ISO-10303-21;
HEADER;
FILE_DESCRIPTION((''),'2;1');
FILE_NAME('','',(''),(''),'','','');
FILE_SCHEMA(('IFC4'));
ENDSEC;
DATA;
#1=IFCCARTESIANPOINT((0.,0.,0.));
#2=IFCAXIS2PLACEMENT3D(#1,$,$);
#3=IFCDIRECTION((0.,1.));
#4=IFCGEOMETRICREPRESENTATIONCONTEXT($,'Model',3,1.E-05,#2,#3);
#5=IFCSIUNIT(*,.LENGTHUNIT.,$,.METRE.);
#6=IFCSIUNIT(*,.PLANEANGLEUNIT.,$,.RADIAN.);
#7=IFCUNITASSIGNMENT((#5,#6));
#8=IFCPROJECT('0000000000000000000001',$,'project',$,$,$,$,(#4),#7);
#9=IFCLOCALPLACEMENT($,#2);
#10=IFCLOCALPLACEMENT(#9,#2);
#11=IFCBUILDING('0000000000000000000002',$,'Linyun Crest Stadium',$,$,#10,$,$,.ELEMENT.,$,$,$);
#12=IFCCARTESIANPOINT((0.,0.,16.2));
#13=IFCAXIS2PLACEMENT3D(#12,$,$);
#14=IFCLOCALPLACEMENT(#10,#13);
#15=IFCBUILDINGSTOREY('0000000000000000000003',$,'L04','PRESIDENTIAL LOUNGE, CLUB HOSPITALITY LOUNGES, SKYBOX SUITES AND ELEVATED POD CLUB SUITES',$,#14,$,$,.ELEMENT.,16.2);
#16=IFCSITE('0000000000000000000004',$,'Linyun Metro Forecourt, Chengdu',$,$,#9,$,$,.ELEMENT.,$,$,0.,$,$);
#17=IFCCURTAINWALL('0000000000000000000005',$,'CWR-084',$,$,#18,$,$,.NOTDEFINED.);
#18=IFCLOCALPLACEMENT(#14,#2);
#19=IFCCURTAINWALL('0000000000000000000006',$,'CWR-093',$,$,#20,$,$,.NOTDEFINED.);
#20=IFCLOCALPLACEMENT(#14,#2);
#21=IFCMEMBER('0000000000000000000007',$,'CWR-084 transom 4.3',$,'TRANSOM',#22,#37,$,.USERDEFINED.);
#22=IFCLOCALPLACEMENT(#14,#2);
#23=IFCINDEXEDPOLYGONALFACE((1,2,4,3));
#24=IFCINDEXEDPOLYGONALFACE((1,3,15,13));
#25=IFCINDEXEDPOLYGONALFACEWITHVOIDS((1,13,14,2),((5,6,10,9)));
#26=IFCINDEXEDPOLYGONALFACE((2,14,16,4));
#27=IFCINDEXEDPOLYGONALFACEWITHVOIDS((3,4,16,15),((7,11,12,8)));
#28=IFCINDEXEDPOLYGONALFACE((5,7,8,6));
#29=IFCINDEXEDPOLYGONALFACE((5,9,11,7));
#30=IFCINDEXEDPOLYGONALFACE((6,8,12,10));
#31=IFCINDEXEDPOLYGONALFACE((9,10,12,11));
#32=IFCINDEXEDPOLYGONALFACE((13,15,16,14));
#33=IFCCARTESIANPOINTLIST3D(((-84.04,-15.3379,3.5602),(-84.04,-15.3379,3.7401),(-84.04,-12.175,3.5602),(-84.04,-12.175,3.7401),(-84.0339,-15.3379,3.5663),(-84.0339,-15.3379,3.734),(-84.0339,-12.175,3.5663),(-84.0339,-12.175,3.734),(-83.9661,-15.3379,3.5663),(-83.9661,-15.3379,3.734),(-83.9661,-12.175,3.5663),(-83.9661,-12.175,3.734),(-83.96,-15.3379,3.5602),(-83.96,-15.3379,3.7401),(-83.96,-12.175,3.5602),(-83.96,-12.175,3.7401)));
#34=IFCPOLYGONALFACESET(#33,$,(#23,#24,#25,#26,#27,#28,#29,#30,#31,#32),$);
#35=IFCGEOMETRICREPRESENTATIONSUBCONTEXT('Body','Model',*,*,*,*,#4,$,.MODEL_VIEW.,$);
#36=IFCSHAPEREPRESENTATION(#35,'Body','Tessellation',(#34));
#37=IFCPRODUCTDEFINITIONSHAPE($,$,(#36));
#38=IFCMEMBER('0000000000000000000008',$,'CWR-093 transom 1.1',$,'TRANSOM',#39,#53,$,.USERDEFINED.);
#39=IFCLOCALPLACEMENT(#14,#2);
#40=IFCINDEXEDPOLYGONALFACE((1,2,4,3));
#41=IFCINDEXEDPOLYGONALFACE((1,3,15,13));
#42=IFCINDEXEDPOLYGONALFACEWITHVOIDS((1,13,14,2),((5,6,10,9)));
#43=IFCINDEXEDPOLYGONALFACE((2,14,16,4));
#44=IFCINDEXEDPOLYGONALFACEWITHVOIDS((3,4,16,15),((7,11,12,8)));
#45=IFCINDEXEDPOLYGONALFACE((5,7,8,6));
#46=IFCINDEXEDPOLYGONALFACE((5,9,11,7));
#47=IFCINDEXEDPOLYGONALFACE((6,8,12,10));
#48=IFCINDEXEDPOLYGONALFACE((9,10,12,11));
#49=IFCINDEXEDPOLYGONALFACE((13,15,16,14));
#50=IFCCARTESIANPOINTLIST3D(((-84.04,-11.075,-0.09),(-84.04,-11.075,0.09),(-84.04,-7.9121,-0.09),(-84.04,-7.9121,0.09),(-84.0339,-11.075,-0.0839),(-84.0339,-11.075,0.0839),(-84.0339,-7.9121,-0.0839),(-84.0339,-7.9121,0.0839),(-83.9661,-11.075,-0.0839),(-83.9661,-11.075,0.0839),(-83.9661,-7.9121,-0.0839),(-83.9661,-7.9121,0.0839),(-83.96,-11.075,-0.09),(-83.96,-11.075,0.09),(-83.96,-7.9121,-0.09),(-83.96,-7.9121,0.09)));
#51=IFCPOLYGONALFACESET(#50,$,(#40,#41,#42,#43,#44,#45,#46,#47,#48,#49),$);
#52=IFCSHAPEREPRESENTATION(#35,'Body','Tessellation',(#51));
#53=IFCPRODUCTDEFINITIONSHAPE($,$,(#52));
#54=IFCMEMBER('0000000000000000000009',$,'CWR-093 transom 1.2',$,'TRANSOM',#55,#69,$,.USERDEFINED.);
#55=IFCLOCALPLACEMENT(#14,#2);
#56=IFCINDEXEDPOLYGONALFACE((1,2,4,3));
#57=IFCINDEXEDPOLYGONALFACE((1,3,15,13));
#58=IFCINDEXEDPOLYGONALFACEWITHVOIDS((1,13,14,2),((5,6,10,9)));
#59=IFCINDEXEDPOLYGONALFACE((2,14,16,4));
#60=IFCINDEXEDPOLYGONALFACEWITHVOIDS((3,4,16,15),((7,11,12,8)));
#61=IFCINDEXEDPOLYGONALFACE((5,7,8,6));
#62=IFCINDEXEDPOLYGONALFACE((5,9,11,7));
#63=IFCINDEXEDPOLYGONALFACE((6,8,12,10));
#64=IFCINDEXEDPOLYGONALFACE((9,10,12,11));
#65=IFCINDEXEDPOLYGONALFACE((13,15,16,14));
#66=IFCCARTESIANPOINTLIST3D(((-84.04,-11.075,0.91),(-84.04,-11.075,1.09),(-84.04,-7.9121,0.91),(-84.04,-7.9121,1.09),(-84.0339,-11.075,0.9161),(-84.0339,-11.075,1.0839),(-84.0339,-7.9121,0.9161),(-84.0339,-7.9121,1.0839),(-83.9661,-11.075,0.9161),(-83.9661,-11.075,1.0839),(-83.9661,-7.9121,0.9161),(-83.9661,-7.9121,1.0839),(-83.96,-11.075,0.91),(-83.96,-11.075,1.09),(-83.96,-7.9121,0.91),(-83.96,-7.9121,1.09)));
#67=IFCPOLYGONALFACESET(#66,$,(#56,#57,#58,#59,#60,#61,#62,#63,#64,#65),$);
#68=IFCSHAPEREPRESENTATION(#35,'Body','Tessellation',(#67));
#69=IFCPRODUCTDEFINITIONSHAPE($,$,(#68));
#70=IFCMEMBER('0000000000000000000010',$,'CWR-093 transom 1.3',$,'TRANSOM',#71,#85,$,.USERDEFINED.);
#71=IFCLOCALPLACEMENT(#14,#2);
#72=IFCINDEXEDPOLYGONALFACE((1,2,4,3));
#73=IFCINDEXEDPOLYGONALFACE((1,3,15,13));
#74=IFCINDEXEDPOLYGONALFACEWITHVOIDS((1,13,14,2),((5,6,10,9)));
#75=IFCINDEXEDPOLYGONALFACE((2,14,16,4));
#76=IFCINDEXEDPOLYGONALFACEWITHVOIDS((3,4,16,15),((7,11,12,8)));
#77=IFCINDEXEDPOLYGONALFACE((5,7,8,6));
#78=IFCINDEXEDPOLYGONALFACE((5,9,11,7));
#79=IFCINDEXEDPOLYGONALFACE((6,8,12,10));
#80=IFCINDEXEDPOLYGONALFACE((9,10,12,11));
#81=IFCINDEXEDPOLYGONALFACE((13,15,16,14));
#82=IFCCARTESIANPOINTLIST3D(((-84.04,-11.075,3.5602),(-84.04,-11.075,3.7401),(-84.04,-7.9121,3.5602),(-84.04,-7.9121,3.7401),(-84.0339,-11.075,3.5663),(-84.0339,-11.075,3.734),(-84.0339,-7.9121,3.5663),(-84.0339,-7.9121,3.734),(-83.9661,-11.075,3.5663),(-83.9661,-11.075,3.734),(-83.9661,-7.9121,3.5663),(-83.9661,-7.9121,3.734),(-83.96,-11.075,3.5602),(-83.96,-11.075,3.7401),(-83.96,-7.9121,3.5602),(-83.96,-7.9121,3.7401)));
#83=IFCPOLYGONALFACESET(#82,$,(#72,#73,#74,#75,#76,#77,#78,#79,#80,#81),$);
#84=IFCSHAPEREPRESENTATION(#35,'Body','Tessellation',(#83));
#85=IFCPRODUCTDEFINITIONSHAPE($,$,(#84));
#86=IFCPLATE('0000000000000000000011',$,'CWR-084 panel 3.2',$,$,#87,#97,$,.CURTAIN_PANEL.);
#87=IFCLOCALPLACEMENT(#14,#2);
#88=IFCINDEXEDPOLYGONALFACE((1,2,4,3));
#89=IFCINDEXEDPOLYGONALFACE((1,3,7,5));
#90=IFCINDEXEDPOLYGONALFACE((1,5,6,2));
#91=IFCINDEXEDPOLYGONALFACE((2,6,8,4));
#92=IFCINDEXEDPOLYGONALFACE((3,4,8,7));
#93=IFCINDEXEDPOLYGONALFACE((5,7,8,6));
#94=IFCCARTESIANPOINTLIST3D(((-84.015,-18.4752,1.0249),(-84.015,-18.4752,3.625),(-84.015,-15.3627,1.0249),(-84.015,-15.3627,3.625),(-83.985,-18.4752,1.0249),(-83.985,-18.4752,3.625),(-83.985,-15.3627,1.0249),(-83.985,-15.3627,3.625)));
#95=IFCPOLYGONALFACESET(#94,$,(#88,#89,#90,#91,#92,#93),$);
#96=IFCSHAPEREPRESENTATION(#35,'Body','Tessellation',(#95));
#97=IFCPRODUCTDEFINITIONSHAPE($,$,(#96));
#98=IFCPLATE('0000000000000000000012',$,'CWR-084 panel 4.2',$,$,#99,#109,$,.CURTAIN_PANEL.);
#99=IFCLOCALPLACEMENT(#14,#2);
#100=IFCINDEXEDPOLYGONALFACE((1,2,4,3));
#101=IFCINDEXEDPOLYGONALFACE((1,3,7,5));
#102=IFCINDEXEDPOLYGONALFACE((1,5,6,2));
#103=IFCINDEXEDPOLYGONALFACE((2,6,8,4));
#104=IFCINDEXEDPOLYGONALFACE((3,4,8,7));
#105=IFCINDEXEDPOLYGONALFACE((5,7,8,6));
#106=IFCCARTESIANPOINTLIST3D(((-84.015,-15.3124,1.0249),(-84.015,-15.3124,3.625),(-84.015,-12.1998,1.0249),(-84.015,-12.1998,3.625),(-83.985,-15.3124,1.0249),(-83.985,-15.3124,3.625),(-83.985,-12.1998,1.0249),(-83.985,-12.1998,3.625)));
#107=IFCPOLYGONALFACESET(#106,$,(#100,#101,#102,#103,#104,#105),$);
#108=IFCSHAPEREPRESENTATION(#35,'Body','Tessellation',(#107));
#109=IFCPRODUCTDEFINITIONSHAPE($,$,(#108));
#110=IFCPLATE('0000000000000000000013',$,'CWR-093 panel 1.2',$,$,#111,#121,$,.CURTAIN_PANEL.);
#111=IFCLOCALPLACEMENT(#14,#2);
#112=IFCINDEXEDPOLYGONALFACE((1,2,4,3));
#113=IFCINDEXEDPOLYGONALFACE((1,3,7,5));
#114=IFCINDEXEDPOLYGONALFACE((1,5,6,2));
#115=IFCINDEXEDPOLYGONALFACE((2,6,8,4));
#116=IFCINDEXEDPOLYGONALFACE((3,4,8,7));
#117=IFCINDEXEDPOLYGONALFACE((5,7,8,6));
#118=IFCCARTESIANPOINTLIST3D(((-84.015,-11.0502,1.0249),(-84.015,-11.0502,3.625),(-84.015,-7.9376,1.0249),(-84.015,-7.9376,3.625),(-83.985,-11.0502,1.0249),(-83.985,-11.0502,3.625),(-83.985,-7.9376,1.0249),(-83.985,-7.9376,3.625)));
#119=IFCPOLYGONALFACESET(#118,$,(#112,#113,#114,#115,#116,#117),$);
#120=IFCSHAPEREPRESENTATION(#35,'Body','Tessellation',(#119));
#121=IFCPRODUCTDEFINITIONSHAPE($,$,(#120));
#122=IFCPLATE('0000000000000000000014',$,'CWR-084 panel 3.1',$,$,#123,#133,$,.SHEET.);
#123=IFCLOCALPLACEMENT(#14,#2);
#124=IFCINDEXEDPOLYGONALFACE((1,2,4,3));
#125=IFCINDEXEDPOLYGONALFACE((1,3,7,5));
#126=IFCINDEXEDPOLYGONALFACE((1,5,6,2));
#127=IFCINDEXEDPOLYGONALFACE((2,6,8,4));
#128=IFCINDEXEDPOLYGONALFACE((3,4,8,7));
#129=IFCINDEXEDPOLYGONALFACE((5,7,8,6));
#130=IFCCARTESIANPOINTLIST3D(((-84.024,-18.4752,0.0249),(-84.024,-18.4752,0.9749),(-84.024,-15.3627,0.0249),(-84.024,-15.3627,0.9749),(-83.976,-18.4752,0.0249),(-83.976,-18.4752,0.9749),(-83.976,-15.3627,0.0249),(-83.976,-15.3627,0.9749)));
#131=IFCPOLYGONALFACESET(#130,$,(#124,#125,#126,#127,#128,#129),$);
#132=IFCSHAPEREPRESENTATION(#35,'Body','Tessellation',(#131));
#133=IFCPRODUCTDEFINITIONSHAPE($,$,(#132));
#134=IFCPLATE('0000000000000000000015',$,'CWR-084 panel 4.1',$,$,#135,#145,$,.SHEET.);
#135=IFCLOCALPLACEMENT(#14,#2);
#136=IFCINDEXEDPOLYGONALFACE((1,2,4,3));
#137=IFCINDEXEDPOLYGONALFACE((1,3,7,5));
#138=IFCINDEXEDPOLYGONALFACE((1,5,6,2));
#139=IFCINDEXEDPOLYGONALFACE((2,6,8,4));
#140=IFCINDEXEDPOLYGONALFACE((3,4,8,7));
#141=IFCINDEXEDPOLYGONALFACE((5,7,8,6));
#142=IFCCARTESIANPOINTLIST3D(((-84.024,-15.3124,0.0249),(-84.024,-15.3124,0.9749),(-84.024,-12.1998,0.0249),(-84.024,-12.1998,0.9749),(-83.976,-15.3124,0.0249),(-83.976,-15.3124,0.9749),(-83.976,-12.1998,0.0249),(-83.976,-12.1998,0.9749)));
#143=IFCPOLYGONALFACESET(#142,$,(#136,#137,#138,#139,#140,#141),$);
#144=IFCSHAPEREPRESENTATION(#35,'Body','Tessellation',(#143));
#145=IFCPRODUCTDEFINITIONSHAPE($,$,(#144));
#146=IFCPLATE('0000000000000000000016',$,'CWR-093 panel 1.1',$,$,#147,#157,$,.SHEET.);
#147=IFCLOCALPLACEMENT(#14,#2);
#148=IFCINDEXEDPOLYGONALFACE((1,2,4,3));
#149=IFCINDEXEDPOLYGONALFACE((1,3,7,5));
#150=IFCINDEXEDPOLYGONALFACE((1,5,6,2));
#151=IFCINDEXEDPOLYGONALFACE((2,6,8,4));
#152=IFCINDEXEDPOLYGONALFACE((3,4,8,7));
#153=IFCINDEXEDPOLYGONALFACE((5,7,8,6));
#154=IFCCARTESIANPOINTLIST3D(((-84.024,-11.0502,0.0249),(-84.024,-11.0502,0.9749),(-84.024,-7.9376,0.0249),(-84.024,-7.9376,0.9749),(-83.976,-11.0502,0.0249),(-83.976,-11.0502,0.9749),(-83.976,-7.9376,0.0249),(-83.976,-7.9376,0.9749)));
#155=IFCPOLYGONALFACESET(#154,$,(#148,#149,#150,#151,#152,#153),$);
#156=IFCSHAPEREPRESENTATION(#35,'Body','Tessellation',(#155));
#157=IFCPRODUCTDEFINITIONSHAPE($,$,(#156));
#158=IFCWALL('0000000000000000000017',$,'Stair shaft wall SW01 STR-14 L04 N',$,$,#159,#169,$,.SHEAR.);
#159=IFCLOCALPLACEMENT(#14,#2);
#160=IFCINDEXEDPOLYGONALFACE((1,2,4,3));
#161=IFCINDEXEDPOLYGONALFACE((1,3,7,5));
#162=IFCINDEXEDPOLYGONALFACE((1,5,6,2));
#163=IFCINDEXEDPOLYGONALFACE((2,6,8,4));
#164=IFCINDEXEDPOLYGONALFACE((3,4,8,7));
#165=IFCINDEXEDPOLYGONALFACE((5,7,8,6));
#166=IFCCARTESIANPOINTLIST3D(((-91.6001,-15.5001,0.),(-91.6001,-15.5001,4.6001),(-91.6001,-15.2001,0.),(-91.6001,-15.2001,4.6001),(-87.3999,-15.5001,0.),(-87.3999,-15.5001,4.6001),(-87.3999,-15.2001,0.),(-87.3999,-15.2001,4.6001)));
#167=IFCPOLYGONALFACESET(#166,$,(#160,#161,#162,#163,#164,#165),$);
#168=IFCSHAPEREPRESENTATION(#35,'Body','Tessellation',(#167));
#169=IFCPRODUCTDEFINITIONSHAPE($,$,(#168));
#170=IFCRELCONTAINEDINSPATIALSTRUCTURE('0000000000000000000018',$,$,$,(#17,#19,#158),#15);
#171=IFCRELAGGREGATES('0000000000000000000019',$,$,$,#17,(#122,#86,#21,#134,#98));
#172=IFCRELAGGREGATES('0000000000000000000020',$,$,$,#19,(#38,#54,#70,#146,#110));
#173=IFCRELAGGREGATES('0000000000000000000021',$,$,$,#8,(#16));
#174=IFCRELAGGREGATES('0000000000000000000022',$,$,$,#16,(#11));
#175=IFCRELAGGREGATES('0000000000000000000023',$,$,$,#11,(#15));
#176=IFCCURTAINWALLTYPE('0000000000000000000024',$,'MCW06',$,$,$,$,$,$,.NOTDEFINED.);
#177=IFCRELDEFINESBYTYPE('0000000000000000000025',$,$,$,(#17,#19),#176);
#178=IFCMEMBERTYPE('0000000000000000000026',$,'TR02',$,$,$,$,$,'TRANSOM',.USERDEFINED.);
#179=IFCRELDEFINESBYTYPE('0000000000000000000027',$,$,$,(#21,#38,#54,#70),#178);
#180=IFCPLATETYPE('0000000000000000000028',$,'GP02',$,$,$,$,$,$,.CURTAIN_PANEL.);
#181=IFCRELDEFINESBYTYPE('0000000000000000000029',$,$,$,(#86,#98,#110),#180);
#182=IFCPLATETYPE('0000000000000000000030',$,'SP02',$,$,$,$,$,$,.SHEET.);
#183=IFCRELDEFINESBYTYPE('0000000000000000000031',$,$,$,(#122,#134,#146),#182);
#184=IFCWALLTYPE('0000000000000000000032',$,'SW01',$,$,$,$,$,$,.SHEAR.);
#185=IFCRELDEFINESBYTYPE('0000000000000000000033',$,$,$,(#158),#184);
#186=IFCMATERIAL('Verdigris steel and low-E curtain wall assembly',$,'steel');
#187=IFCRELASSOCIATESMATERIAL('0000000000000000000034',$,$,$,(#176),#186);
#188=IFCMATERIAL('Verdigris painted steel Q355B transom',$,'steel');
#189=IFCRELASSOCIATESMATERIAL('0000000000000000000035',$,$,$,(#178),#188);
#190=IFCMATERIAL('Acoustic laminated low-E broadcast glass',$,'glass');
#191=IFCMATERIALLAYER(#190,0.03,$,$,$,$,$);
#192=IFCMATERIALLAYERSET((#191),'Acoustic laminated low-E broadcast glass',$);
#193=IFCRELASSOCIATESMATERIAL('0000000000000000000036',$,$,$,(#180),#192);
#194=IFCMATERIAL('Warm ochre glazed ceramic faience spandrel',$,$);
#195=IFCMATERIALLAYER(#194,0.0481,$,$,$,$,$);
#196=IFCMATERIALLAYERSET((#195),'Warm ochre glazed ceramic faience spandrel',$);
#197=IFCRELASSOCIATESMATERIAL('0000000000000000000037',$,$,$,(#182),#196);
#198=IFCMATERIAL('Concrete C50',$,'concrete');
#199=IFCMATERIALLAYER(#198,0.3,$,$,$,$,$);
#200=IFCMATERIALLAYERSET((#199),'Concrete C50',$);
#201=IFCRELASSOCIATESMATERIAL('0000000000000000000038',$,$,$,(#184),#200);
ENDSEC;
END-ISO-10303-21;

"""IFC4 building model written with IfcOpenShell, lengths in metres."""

from ifc_helpers import new_model, si_unit, direction, frame, frame_2d, origin, origin_2d, place, context, subcontext, project, spatial, rectangle, hollow_rectangle, extrude, material, layer, layer_set, material_profile, profile_set, type_object, element, aggregate, save


model = new_model("IFC4")

# Units and contexts
model_context = context("Model", 3, precision=1e-05, world=origin(), true_north=direction((0.0, 1.0)))
body_context = subcontext(model_context, "Body", "Model", "MODEL_VIEW")
ifc_project = project(units=[si_unit("LENGTHUNIT", "METRE"), si_unit("PLANEANGLEUNIT", "RADIAN")], contexts=[model_context])

# Site, building, storey
site_placement = place(None, origin())
site = spatial("IfcSite", under=ifc_project, at=site_placement, Name="Linyun Metro Forecourt, Chengdu", CompositionType="ELEMENT", RefElevation=0.0)
building_placement = place(site_placement, origin())
building = spatial("IfcBuilding", under=site, at=building_placement, Name="Linyun Crest Stadium", CompositionType="ELEMENT")
storey_placement = place(building_placement, frame((0.0, 0.0, 16.2)))
storey = spatial("IfcBuildingStorey", under=building, at=storey_placement, Name="L04", Description="PRESIDENTIAL LOUNGE, CLUB HOSPITALITY LOUNGES, SKYBOX SUITES AND ELEVATED POD CLUB SUITES", CompositionType="ELEMENT", Elevation=16.2)

# Curtain wall
ifc_material_1 = material(Name="Verdigris steel and low-E curtain wall assembly", Category="steel")
curtain_wall_type = type_object("IfcCurtainWallType", Name="MCW06", PredefinedType="NOTDEFINED", material=ifc_material_1)
curtain_wall_1_placement = place(storey_placement, origin())
curtain_wall_1 = element("IfcCurtainWall", 1, at=curtain_wall_1_placement, inside=storey, type_object=curtain_wall_type, Name="CWR-084", PredefinedType="NOTDEFINED")

# Curtain wall
curtain_wall_2_placement = place(storey_placement, origin())
curtain_wall_2 = element("IfcCurtainWall", 2, at=curtain_wall_2_placement, inside=storey, type_object=curtain_wall_type, Name="CWR-093", PredefinedType="NOTDEFINED")

# Members
ifc_material_2 = material(Name="Verdigris painted steel Q355B transom", Category="steel")
ifc_material_profile_1 = material_profile(ifc_material_2, hollow_rectangle(XDim=0.0801, YDim=0.1799, WallThickness=0.0061, at=origin_2d()), Name="RHS 180x80x6")
ifc_profile_set_1 = profile_set([ifc_material_profile_1], Name="Verdigris painted steel Q355B transom")
member_type_1 = type_object("IfcMemberType", Name="TR02", ElementType="TRANSOM", PredefinedType="USERDEFINED", material=ifc_profile_set_1)
member_1_placement = place(storey_placement, frame((-84.0, -15.3379, 3.6501), z_axis=(0.0, 1.0, 0.0), x_axis=(-1.0, 0.0, 0.0)))
member_1 = element("IfcMember", 3, at=member_1_placement, type_object=member_type_1, Name="CWR-084 transom 4.3", ObjectType="TRANSOM", PredefinedType="USERDEFINED", context=body_context, shape_type="SweptSolid", body=[
    extrude(hollow_rectangle(XDim=0.0801, YDim=0.1799, WallThickness=0.0061, at=origin_2d()), origin(), (0.0, 0.0, 1.0), 3.1628),
])
member_2_placement = place(storey_placement, frame((-84.0, -11.075, 0.0), z_axis=(0.0, 1.0, 0.0), x_axis=(-1.0, 0.0, 0.0)))
member_2 = element("IfcMember", 4, at=member_2_placement, type_object=member_type_1, Name="CWR-093 transom 1.1", ObjectType="TRANSOM", PredefinedType="USERDEFINED", context=body_context, shape_type="SweptSolid", body=[
    extrude(hollow_rectangle(XDim=0.0801, YDim=0.1799, WallThickness=0.0061, at=origin_2d()), origin(), (0.0, 0.0, 1.0), 3.1628),
])
member_3_placement = place(storey_placement, frame((-84.0, -11.075, 1.0), z_axis=(0.0, 1.0, 0.0), x_axis=(-1.0, 0.0, 0.0)))
member_3 = element("IfcMember", 5, at=member_3_placement, type_object=member_type_1, Name="CWR-093 transom 1.2", ObjectType="TRANSOM", PredefinedType="USERDEFINED", context=body_context, shape_type="SweptSolid", body=[
    extrude(hollow_rectangle(XDim=0.0801, YDim=0.1799, WallThickness=0.0061, at=origin_2d()), origin(), (0.0, 0.0, 1.0), 3.1628),
])
member_4_placement = place(storey_placement, frame((-84.0, -11.075, 3.6501), z_axis=(0.0, 1.0, 0.0), x_axis=(-1.0, 0.0, 0.0)))
member_4 = element("IfcMember", 6, at=member_4_placement, type_object=member_type_1, Name="CWR-093 transom 1.3", ObjectType="TRANSOM", PredefinedType="USERDEFINED", context=body_context, shape_type="SweptSolid", body=[
    extrude(hollow_rectangle(XDim=0.0801, YDim=0.1799, WallThickness=0.0061, at=origin_2d()), origin(), (0.0, 0.0, 1.0), 3.1628),
])

# Plates
ifc_material_3 = material(Name="Acoustic laminated low-E broadcast glass", Category="glass")
ifc_layer_1 = layer(ifc_material_3, 0.03)
ifc_layer_set_1 = layer_set([ifc_layer_1], Name="Acoustic laminated low-E broadcast glass")
plate_type_1 = type_object("IfcPlateType", Name="GP02", PredefinedType="CURTAIN_PANEL", material=ifc_layer_set_1)
plate_1_placement = place(storey_placement, frame((-84.0, -16.9189, 1.0249), z_axis=(0.0, 0.0, 1.0), x_axis=(0.0, 1.0, 0.0)))
plate_1 = element("IfcPlate", 7, at=plate_1_placement, type_object=plate_type_1, Name="CWR-084 panel 3.2", PredefinedType="CURTAIN_PANEL", context=body_context, shape_type="SweptSolid", body=[
    extrude(rectangle(XDim=3.1125, YDim=0.03, at=origin_2d()), origin(), (0.0, 0.0, 1.0), 2.6001),
])
plate_2_placement = place(storey_placement, frame((-84.0, -13.7561, 1.0249), z_axis=(0.0, 0.0, 1.0), x_axis=(0.0, 1.0, 0.0)))
plate_2 = element("IfcPlate", 8, at=plate_2_placement, type_object=plate_type_1, Name="CWR-084 panel 4.2", PredefinedType="CURTAIN_PANEL", context=body_context, shape_type="SweptSolid", body=[
    extrude(rectangle(XDim=3.1125, YDim=0.03, at=origin_2d()), origin(), (0.0, 0.0, 1.0), 2.6001),
])
plate_3_placement = place(storey_placement, frame((-84.0, -9.4939, 1.0249), z_axis=(0.0, 0.0, 1.0), x_axis=(0.0, 1.0, 0.0)))
plate_3 = element("IfcPlate", 9, at=plate_3_placement, type_object=plate_type_1, Name="CWR-093 panel 1.2", PredefinedType="CURTAIN_PANEL", context=body_context, shape_type="SweptSolid", body=[
    extrude(rectangle(XDim=3.1125, YDim=0.03, at=origin_2d()), origin(), (0.0, 0.0, 1.0), 2.6001),
])
ifc_material_4 = material(Name="Warm ochre glazed ceramic faience spandrel")
ifc_layer_2 = layer(ifc_material_4, 0.0481)
ifc_layer_set_2 = layer_set([ifc_layer_2], Name="Warm ochre glazed ceramic faience spandrel")
plate_type_2 = type_object("IfcPlateType", Name="SP02", PredefinedType="SHEET", material=ifc_layer_set_2)
plate_4_placement = place(storey_placement, frame((-84.0, -16.9189, 0.0249), z_axis=(0.0, 0.0, 1.0), x_axis=(0.0, 1.0, 0.0)))
plate_4 = element("IfcPlate", 10, at=plate_4_placement, type_object=plate_type_2, Name="CWR-084 panel 3.1", PredefinedType="SHEET", context=body_context, shape_type="SweptSolid", body=[
    extrude(rectangle(XDim=3.1125, YDim=0.0481, at=origin_2d()), origin(), (0.0, 0.0, 1.0), 0.95),
])
plate_5_placement = place(storey_placement, frame((-84.0, -13.7561, 0.0249), z_axis=(0.0, 0.0, 1.0), x_axis=(0.0, 1.0, 0.0)))
plate_5 = element("IfcPlate", 11, at=plate_5_placement, type_object=plate_type_2, Name="CWR-084 panel 4.1", PredefinedType="SHEET", context=body_context, shape_type="SweptSolid", body=[
    extrude(rectangle(XDim=3.1125, YDim=0.0481, at=origin_2d()), origin(), (0.0, 0.0, 1.0), 0.95),
])
aggregate(curtain_wall_1, [plate_4, plate_1, member_1, plate_5, plate_2])
plate_6_placement = place(storey_placement, frame((-84.0, -9.4939, 0.0249), z_axis=(0.0, 0.0, 1.0), x_axis=(0.0, 1.0, 0.0)))
plate_6 = element("IfcPlate", 12, at=plate_6_placement, type_object=plate_type_2, Name="CWR-093 panel 1.1", PredefinedType="SHEET", context=body_context, shape_type="SweptSolid", body=[
    extrude(rectangle(XDim=3.1125, YDim=0.0481, at=origin_2d()), origin(), (0.0, 0.0, 1.0), 0.95),
])
aggregate(curtain_wall_2, [member_2, member_3, member_4, plate_6, plate_3])

# Wall
ifc_material_5 = material(Name="Concrete C50", Category="concrete")
ifc_layer_3 = layer(ifc_material_5, 0.3)
ifc_layer_set_3 = layer_set([ifc_layer_3], Name="Concrete C50")
wall_type = type_object("IfcWallType", Name="SW01", PredefinedType="SHEAR", material=ifc_layer_set_3)
wall_1_placement = place(storey_placement, frame((-91.6001, -15.3501, 0.0), z_axis=(0.0, 0.0, 1.0), x_axis=(1.0, 0.0, 0.0)))
element("IfcWall", 13, at=wall_1_placement, inside=storey, type_object=wall_type, Name="Stair shaft wall SW01 STR-14 L04 N", PredefinedType="SHEAR", context=body_context, shape_type="SweptSolid", body=[
    extrude(rectangle(XDim=4.2002, YDim=0.3, at=frame_2d((2.1001, 0.0))), origin(), (0.0, 0.0, 1.0), 4.6001),
])

save(model, "model.ifc")
